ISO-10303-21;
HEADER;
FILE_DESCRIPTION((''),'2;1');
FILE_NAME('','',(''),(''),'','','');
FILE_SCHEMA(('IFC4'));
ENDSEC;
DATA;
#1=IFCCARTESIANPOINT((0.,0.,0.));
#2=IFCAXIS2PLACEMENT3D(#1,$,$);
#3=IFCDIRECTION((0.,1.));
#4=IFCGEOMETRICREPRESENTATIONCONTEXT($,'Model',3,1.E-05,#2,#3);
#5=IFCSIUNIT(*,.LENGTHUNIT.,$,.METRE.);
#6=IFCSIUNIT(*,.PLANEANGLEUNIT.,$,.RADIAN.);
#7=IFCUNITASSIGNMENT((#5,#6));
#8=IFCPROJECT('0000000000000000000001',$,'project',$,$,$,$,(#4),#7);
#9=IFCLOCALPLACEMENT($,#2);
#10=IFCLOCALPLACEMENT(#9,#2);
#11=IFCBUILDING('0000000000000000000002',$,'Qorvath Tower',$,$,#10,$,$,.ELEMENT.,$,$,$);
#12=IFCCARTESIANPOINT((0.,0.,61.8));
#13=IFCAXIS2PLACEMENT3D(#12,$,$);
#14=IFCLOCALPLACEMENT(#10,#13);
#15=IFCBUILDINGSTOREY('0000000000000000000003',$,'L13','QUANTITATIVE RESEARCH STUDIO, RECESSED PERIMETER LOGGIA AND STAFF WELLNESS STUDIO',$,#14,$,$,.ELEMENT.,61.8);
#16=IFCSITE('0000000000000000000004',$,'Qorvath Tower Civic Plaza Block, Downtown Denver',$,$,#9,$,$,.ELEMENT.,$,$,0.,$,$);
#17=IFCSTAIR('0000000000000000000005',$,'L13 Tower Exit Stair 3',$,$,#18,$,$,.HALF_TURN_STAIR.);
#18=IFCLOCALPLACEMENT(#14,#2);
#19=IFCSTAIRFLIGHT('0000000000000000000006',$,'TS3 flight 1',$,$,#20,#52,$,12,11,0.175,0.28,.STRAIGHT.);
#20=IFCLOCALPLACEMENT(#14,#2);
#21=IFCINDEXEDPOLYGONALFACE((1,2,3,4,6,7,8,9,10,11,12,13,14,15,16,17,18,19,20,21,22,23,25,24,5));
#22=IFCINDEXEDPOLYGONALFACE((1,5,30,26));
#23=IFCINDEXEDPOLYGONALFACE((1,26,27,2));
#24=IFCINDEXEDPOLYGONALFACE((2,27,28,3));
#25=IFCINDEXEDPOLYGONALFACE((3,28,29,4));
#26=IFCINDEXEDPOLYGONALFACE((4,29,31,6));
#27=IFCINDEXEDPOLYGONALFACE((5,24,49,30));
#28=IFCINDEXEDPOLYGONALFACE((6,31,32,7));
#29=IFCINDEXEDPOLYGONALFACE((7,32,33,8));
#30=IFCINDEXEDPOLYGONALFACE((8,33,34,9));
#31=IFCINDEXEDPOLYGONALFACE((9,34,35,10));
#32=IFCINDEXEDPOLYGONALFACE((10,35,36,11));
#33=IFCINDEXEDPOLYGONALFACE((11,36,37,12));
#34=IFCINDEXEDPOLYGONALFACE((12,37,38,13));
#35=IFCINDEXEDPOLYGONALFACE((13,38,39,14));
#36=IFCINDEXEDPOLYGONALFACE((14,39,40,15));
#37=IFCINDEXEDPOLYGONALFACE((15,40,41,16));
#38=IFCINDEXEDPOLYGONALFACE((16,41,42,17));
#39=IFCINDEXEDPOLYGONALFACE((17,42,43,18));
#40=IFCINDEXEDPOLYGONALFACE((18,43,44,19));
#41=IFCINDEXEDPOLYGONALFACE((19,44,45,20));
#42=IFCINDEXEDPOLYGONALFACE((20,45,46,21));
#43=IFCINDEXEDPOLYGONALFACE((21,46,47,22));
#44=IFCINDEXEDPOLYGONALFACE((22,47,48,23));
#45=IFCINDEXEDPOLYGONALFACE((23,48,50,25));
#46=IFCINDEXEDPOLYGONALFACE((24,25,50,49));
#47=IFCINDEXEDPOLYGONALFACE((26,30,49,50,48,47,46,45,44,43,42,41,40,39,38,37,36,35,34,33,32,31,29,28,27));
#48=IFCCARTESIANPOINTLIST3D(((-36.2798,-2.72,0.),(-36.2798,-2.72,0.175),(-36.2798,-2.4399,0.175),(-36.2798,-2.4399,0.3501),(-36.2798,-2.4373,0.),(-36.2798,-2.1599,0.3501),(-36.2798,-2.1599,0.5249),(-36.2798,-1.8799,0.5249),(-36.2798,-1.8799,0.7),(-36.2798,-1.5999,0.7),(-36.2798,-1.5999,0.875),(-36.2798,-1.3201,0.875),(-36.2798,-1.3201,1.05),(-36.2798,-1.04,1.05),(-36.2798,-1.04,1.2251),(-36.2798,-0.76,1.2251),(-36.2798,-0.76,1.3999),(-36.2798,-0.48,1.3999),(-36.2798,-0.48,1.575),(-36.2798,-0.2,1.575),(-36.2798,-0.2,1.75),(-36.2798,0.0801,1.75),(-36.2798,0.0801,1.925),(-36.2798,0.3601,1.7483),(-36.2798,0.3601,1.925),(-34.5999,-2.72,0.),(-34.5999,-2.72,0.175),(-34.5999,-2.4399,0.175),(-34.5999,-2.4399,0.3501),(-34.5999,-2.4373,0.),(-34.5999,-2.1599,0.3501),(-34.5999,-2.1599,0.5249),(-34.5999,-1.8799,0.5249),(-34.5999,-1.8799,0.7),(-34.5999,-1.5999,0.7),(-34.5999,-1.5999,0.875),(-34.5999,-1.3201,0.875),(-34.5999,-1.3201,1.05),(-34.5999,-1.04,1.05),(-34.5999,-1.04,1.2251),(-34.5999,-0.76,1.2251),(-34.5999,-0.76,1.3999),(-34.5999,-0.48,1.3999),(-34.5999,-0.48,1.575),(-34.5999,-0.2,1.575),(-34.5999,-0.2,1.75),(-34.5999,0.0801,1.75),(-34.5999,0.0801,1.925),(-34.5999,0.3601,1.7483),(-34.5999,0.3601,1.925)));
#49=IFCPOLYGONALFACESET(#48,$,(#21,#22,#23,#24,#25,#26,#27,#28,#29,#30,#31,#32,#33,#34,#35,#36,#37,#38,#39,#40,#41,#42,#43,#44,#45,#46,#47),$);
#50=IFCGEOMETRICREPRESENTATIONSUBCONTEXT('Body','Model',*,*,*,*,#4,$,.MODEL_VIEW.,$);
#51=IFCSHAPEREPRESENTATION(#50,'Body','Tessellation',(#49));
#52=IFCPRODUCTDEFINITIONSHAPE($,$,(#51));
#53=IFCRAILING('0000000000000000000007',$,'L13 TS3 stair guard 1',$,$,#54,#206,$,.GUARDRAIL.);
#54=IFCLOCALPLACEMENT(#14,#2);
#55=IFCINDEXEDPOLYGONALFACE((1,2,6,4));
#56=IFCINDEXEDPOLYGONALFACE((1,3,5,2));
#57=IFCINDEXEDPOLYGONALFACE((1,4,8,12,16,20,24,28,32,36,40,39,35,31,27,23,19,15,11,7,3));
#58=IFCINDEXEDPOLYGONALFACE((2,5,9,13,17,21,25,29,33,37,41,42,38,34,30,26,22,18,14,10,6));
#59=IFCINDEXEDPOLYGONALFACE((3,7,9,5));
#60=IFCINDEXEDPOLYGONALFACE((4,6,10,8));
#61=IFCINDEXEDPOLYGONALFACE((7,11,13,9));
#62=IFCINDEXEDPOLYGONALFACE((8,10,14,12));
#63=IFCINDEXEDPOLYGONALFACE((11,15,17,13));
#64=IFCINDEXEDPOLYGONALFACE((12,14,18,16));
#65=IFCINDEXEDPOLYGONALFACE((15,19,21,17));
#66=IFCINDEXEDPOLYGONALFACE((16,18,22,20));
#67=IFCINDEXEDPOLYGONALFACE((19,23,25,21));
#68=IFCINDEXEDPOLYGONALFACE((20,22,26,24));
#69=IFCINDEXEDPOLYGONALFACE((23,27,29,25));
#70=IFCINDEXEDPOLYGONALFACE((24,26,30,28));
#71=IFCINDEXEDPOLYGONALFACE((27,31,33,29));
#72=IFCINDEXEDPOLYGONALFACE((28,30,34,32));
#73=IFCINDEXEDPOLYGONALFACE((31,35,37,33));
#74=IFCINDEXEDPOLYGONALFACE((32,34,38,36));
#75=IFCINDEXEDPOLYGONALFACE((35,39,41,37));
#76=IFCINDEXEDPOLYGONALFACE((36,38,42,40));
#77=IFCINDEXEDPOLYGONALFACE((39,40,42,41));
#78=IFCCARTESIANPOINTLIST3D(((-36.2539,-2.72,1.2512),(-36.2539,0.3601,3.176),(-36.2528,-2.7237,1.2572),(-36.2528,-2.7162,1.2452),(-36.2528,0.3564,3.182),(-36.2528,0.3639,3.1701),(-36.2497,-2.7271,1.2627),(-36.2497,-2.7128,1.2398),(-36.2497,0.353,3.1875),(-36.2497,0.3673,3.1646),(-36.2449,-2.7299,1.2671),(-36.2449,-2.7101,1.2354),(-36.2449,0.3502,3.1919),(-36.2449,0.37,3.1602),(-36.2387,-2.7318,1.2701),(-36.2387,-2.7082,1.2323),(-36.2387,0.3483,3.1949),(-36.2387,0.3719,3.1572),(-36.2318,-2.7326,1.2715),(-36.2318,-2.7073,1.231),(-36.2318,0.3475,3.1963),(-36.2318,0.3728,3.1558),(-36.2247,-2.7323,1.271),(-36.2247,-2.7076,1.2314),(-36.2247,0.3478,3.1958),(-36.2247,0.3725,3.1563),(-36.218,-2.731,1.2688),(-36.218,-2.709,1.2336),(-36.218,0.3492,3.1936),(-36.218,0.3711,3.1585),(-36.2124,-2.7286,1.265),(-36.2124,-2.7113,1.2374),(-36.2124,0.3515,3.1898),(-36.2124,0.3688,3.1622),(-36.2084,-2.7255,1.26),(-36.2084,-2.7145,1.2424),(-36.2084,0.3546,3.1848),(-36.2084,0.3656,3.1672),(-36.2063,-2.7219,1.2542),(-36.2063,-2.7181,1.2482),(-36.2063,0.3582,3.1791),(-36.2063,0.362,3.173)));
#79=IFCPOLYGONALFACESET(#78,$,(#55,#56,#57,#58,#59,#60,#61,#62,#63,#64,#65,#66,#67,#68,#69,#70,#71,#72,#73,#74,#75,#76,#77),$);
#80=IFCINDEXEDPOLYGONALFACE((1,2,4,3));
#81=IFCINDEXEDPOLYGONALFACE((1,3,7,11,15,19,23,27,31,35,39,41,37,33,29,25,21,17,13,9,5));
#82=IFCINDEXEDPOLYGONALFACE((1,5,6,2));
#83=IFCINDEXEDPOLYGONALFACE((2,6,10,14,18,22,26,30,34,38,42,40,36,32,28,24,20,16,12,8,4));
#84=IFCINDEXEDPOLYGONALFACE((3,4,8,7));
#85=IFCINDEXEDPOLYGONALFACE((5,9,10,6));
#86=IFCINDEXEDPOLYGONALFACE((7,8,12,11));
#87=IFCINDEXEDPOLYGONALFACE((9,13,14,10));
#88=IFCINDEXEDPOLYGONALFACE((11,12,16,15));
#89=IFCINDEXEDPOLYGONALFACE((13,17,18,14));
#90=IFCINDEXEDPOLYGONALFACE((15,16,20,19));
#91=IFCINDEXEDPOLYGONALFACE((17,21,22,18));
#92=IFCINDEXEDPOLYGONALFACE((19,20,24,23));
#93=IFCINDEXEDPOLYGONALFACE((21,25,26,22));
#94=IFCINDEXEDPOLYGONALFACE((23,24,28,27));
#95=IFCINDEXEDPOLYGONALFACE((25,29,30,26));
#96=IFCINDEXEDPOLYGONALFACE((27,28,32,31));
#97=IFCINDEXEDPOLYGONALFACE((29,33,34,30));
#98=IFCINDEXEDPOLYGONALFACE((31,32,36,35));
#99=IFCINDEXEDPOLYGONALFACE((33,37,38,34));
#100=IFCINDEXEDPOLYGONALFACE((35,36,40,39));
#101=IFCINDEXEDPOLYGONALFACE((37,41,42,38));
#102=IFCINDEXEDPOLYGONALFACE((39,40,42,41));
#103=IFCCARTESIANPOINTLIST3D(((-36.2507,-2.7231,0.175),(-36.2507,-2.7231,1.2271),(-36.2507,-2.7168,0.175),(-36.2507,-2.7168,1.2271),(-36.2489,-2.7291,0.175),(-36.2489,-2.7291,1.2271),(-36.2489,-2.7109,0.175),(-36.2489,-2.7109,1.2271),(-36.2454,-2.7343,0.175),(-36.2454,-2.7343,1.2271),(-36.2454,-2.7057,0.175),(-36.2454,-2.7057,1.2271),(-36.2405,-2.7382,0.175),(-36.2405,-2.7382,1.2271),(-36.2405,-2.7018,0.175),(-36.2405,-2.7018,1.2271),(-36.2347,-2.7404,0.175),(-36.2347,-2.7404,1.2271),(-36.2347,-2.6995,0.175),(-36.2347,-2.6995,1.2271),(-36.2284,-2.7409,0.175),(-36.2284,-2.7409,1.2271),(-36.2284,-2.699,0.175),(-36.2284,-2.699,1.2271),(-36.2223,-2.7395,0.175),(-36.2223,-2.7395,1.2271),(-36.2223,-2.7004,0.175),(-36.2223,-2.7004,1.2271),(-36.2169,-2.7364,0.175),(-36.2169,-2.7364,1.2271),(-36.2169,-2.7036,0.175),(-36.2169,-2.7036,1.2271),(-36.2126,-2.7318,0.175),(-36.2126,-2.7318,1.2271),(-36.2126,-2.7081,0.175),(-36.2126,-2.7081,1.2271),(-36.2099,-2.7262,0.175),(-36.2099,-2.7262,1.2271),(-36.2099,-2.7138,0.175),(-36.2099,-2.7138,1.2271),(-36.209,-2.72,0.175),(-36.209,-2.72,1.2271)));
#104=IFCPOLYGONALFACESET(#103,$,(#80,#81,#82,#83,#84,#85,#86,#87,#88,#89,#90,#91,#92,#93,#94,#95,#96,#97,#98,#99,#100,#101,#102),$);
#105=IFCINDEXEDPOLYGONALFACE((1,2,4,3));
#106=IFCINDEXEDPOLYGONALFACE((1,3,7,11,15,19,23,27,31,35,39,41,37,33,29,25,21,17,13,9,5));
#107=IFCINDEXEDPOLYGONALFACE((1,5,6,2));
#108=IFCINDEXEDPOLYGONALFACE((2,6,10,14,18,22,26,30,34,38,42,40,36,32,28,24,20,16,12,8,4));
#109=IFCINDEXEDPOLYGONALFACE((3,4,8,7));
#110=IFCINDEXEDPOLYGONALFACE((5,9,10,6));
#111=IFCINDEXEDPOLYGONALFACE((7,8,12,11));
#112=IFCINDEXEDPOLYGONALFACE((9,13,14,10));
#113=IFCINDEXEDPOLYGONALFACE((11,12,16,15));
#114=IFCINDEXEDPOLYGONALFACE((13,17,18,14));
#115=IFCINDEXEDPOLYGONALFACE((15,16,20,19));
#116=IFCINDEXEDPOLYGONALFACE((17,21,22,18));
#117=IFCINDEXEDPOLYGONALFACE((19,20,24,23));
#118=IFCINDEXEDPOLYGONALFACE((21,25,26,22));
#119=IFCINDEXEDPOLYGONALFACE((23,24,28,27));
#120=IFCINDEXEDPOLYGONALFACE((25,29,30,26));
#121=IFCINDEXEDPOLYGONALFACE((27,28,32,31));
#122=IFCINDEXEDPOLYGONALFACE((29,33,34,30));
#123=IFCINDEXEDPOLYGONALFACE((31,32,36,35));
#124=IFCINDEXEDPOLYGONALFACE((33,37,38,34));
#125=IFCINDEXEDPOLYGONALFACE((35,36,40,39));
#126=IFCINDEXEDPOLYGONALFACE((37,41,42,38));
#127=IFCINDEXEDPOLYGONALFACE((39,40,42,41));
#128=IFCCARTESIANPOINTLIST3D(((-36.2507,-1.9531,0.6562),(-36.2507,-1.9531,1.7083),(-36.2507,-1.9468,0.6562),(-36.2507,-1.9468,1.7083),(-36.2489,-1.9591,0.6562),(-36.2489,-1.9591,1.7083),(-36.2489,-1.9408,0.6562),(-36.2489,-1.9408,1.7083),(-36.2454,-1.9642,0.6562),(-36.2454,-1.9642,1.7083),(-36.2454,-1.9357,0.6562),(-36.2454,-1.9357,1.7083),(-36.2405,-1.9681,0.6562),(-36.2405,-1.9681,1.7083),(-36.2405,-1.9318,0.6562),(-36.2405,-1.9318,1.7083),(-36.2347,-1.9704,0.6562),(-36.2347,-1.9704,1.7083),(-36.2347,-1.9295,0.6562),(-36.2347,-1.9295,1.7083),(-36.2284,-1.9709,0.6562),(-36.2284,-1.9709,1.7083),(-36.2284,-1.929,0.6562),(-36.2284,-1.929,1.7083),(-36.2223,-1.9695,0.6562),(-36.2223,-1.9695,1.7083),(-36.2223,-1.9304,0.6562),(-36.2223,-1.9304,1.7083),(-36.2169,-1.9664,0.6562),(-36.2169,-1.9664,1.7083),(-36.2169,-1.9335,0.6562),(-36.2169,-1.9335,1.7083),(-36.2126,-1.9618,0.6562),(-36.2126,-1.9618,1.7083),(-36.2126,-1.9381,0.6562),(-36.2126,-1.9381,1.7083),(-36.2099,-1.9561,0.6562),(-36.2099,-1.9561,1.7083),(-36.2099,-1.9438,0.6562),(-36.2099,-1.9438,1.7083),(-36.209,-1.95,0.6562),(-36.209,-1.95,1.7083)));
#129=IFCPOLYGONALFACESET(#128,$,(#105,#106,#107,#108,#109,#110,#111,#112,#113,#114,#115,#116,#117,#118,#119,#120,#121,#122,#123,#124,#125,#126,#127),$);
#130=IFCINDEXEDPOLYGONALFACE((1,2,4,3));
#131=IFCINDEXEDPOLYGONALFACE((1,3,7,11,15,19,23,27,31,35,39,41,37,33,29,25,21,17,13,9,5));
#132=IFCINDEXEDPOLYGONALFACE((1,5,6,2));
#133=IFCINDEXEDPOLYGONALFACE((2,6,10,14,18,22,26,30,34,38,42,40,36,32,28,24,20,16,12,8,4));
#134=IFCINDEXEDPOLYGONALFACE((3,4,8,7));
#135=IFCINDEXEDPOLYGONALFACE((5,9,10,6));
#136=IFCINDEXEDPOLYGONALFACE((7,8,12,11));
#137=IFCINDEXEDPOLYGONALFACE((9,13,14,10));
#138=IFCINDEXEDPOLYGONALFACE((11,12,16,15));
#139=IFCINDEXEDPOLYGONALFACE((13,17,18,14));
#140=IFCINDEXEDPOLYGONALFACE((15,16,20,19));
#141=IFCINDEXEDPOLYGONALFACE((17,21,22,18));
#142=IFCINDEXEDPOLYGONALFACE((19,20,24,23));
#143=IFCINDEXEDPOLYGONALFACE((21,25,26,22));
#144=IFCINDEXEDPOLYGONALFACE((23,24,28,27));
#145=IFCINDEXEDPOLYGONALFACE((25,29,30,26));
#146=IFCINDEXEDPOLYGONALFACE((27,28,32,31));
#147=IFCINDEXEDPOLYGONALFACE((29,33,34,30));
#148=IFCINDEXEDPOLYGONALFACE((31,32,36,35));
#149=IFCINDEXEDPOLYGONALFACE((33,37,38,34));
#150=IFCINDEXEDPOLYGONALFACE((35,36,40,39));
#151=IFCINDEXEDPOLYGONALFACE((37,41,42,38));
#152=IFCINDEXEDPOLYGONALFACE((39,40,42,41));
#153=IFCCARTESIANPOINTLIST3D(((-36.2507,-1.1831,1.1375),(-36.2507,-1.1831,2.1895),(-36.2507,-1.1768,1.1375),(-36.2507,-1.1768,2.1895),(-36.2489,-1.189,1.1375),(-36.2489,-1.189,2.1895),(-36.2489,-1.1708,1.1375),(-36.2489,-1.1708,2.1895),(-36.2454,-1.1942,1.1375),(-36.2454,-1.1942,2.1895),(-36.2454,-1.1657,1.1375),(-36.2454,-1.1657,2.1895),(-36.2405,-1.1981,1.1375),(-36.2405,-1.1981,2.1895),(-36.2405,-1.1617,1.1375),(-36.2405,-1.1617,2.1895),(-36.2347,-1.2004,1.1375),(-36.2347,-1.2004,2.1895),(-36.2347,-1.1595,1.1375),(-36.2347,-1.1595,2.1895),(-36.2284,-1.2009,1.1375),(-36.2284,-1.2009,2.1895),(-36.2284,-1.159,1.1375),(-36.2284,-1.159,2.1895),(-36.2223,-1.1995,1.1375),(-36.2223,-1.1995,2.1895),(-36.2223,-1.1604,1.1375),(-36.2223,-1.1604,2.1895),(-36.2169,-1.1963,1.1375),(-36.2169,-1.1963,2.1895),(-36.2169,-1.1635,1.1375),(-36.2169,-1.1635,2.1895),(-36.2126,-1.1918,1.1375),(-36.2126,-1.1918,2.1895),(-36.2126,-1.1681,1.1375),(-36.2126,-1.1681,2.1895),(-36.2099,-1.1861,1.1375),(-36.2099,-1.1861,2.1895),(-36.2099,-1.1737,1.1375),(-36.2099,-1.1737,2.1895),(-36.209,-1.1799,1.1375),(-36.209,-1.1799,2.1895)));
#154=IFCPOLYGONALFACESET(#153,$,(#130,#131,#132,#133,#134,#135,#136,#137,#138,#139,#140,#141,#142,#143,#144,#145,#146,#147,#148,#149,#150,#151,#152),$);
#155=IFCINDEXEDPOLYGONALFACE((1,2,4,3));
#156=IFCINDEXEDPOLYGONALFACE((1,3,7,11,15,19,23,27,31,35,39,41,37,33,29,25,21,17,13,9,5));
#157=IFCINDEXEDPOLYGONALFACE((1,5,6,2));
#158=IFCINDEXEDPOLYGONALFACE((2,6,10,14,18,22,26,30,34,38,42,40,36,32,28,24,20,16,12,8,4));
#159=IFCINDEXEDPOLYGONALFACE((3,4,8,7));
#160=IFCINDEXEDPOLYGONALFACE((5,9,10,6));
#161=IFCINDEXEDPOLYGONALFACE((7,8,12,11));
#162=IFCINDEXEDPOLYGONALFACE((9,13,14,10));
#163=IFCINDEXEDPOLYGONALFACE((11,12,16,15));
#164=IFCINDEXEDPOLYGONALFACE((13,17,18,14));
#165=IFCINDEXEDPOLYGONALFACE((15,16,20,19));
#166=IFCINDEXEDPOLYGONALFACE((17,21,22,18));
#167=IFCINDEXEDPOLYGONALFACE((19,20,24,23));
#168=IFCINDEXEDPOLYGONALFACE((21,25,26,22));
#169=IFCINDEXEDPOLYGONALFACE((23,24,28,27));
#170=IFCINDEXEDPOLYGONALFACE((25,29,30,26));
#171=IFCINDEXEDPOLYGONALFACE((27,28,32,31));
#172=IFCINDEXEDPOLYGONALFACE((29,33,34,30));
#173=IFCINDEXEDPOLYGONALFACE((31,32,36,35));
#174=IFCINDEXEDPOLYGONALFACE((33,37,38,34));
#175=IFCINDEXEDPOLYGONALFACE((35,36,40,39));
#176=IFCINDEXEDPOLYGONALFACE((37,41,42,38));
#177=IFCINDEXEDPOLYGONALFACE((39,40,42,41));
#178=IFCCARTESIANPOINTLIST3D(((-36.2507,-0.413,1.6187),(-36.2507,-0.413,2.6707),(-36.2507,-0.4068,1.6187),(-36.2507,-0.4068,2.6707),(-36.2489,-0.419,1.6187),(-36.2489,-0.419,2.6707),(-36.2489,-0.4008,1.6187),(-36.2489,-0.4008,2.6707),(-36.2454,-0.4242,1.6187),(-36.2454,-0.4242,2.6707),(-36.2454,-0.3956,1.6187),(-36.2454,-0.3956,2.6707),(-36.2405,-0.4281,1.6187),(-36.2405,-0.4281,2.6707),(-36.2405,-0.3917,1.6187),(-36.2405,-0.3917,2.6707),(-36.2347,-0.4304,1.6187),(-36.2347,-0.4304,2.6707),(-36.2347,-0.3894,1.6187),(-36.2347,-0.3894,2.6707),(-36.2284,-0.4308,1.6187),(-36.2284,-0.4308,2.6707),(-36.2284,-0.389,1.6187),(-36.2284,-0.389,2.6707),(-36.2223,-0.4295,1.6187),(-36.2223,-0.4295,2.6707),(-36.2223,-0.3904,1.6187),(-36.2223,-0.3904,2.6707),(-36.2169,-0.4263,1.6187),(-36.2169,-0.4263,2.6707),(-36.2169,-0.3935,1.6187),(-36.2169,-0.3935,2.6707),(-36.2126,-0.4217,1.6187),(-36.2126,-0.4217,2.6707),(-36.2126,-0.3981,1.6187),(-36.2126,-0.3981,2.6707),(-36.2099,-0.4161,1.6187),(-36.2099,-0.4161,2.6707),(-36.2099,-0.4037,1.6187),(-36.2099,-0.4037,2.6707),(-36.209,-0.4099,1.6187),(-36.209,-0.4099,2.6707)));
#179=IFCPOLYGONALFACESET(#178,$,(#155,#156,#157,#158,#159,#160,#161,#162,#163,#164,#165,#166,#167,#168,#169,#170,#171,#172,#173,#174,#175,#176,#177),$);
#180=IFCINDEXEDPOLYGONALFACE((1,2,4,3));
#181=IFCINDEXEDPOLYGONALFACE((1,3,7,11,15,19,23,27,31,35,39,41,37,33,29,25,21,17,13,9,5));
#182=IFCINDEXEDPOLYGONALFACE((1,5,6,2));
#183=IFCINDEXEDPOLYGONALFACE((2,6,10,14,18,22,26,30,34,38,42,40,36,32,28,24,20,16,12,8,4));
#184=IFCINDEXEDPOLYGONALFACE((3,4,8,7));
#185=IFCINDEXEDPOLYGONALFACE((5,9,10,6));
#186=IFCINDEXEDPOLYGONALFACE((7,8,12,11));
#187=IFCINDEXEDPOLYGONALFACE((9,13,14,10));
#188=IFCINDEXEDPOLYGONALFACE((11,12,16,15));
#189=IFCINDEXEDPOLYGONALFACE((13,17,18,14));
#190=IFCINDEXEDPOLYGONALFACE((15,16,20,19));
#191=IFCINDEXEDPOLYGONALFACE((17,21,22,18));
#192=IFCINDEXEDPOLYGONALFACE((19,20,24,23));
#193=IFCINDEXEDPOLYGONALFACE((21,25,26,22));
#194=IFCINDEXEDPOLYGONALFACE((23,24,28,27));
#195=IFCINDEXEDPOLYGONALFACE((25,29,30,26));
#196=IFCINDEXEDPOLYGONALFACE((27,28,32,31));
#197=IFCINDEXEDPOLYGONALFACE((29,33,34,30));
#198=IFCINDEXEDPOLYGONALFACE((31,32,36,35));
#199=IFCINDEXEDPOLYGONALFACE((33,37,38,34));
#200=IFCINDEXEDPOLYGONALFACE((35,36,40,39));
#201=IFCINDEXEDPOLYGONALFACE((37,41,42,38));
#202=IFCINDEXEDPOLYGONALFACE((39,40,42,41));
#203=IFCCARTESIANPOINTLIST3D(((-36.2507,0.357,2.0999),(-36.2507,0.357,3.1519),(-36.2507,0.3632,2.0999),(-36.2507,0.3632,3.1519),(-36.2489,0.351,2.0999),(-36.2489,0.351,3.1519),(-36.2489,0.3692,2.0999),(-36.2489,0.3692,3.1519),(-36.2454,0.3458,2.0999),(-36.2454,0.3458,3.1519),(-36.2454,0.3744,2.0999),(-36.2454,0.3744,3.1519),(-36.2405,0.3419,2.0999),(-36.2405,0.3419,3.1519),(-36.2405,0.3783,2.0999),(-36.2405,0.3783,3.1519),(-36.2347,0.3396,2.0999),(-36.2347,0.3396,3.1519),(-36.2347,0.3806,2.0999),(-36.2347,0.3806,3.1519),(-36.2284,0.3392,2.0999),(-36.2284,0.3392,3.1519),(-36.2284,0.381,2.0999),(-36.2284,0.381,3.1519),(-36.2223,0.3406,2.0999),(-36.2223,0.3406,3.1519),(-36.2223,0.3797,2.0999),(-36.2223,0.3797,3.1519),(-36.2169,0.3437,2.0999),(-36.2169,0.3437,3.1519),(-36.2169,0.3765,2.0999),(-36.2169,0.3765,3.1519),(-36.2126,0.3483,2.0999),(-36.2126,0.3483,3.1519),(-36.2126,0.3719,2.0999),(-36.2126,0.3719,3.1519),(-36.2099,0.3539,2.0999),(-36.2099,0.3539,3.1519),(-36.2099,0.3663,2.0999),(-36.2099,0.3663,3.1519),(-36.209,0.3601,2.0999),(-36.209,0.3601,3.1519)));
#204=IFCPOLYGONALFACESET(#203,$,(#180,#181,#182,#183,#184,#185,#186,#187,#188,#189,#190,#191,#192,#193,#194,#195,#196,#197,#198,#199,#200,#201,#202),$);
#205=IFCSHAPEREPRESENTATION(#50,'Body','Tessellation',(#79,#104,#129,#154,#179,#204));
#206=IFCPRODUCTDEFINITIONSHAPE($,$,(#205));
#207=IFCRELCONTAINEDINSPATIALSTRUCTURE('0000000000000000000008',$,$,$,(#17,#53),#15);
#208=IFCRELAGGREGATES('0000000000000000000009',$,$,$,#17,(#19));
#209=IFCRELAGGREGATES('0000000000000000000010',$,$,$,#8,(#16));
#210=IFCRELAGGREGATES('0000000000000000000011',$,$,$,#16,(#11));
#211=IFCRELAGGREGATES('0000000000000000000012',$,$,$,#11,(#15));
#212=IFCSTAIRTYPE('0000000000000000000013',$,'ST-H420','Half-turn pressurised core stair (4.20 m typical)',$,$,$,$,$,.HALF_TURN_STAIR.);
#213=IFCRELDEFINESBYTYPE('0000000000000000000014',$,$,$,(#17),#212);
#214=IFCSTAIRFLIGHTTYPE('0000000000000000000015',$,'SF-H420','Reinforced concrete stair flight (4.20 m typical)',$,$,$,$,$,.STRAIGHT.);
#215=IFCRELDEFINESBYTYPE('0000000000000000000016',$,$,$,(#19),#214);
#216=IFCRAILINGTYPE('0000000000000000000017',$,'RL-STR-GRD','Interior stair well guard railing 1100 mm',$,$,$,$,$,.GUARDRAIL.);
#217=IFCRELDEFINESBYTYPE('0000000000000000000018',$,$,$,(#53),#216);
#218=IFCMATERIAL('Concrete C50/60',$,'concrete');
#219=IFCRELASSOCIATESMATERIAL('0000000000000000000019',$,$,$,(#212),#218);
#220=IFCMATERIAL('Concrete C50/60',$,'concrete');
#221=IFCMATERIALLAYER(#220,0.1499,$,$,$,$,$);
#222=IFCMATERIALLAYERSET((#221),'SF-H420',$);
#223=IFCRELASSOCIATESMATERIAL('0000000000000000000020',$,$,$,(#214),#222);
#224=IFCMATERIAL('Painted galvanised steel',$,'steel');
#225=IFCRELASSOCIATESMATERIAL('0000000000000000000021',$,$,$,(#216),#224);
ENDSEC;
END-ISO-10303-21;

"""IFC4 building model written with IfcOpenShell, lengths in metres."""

from ifc_helpers import new_model, si_unit, direction, frame, origin, origin_2d, place, context, subcontext, project, spatial, polyline, circle, outline, extrude, material, layer, layer_set, type_object, element, aggregate, save


model = new_model("IFC4")

# Units and contexts
model_context = context("Model", 3, precision=1e-05, world=origin(), true_north=direction((0.0, 1.0)))
body_context = subcontext(model_context, "Body", "Model", "MODEL_VIEW")
ifc_project = project(units=[si_unit("LENGTHUNIT", "METRE"), si_unit("PLANEANGLEUNIT", "RADIAN")], contexts=[model_context])

# Site, building, storey
site_placement = place(None, origin())
site = spatial("IfcSite", under=ifc_project, at=site_placement, Name="Qorvath Tower Civic Plaza Block, Downtown Denver", CompositionType="ELEMENT", RefElevation=0.0)
building_placement = place(site_placement, origin())
building = spatial("IfcBuilding", under=site, at=building_placement, Name="Qorvath Tower", CompositionType="ELEMENT")
storey_placement = place(building_placement, frame((0.0, 0.0, 61.8)))
storey = spatial("IfcBuildingStorey", under=building, at=storey_placement, Name="L13", Description="QUANTITATIVE RESEARCH STUDIO, RECESSED PERIMETER LOGGIA AND STAFF WELLNESS STUDIO", CompositionType="ELEMENT", Elevation=61.8)

# Stair, stair flight
ifc_material_1 = material(Name="Concrete C50/60", Category="concrete")
stair_type = type_object("IfcStairType", Name="ST-H420", Description="Half-turn pressurised core stair (4.20 m typical)", PredefinedType="HALF_TURN_STAIR", material=ifc_material_1)
stair_placement = place(storey_placement, origin())
stair = element("IfcStair", 1, at=stair_placement, inside=storey, type_object=stair_type, Name="L13 Tower Exit Stair 3", PredefinedType="HALF_TURN_STAIR")
ifc_material_2 = material(Name="Concrete C50/60", Category="concrete")
ifc_layer_1 = layer(ifc_material_2, 0.1499)
ifc_layer_set_1 = layer_set([ifc_layer_1], Name="SF-H420")
stair_flight_type = type_object("IfcStairFlightType", Name="SF-H420", Description="Reinforced concrete stair flight (4.20 m typical)", PredefinedType="STRAIGHT", material=ifc_layer_set_1)
stair_flight_placement = place(storey_placement, frame((-35.4399, -2.72, 0.0), z_axis=(0.0, 0.0, 1.0), x_axis=(0.0, 1.0, 0.0)))
stair_flight = element("IfcStairFlight", 2, at=stair_flight_placement, type_object=stair_flight_type, Name="TS3 flight 1", NumberOfRisers=12, NumberOfTreads=11, PredefinedType="STRAIGHT", RiserHeight=0.175, TreadLength=0.28, context=body_context, shape_type="SweptSolid", body=[
    extrude(outline(polyline([(0.0, 0.0), (0.0, 0.175), (0.28, 0.175), (0.28, 0.3501), (0.5601, 0.3501), (0.5601, 0.5249), (0.8401, 0.5249), (0.8401, 0.7), (1.1201, 0.7), (1.1201, 0.875), (1.3999, 0.875), (1.3999, 1.05), (1.6799, 1.05), (1.6799, 1.2251), (1.96, 1.2251), (1.96, 1.3999), (2.24, 1.3999), (2.24, 1.575), (2.52, 1.575), (2.52, 1.75), (2.8, 1.75), (2.8, 1.925), (3.0801, 1.925), (3.0801, 2.1001), (3.0801, 1.7483), (0.2827, 0.0), (0.0, 0.0)])), frame((0.0, 0.8398, 0.0), z_axis=(0.0, -1.0, 0.0), x_axis=(1.0, 0.0, 0.0)), (0.0, 0.0, 1.0), 1.6799),
])
aggregate(stair, [stair_flight])

# Railing
ifc_material_3 = material(Name="Painted galvanised steel", Category="steel")
railing_type_1 = type_object("IfcRailingType", Name="RL-STR-GRD", Description="Interior stair well guard railing 1100 mm", PredefinedType="GUARDRAIL", material=ifc_material_3)
railing_1_placement = place(storey_placement, frame((-36.23, -2.72, 0.175)))
element("IfcRailing", 3, at=railing_1_placement, inside=storey, type_object=railing_type_1, Name="L13 TS3 stair guard 1", PredefinedType="GUARDRAIL", context=body_context, shape_type="SweptSolid", body=[
    extrude(circle(Radius=0.0239, at=origin_2d()), frame((0.0, 0.0, 1.0762), z_axis=(0.0, 0.848029, 0.529951), x_axis=(-1.0, 0.0, 0.0)), (0.0, 0.0, 1.0), 3.6321),
    extrude(circle(Radius=0.021, at=origin_2d()), origin(), (0.0, 0.0, 1.0), 1.052),
    extrude(circle(Radius=0.021, at=origin_2d()), frame((0.0, 0.77, 0.4812)), (0.0, 0.0, 1.0), 1.052),
    extrude(circle(Radius=0.021, at=origin_2d()), frame((0.0, 1.54, 0.9624)), (0.0, 0.0, 1.0), 1.052),
    extrude(circle(Radius=0.021, at=origin_2d()), frame((0.0, 2.3101, 1.4436)), (0.0, 0.0, 1.0), 1.052),
    extrude(circle(Radius=0.021, at=origin_2d()), frame((0.0, 3.0801, 1.9248)), (0.0, 0.0, 1.0), 1.052),
])

save(model, "model.ifc")
